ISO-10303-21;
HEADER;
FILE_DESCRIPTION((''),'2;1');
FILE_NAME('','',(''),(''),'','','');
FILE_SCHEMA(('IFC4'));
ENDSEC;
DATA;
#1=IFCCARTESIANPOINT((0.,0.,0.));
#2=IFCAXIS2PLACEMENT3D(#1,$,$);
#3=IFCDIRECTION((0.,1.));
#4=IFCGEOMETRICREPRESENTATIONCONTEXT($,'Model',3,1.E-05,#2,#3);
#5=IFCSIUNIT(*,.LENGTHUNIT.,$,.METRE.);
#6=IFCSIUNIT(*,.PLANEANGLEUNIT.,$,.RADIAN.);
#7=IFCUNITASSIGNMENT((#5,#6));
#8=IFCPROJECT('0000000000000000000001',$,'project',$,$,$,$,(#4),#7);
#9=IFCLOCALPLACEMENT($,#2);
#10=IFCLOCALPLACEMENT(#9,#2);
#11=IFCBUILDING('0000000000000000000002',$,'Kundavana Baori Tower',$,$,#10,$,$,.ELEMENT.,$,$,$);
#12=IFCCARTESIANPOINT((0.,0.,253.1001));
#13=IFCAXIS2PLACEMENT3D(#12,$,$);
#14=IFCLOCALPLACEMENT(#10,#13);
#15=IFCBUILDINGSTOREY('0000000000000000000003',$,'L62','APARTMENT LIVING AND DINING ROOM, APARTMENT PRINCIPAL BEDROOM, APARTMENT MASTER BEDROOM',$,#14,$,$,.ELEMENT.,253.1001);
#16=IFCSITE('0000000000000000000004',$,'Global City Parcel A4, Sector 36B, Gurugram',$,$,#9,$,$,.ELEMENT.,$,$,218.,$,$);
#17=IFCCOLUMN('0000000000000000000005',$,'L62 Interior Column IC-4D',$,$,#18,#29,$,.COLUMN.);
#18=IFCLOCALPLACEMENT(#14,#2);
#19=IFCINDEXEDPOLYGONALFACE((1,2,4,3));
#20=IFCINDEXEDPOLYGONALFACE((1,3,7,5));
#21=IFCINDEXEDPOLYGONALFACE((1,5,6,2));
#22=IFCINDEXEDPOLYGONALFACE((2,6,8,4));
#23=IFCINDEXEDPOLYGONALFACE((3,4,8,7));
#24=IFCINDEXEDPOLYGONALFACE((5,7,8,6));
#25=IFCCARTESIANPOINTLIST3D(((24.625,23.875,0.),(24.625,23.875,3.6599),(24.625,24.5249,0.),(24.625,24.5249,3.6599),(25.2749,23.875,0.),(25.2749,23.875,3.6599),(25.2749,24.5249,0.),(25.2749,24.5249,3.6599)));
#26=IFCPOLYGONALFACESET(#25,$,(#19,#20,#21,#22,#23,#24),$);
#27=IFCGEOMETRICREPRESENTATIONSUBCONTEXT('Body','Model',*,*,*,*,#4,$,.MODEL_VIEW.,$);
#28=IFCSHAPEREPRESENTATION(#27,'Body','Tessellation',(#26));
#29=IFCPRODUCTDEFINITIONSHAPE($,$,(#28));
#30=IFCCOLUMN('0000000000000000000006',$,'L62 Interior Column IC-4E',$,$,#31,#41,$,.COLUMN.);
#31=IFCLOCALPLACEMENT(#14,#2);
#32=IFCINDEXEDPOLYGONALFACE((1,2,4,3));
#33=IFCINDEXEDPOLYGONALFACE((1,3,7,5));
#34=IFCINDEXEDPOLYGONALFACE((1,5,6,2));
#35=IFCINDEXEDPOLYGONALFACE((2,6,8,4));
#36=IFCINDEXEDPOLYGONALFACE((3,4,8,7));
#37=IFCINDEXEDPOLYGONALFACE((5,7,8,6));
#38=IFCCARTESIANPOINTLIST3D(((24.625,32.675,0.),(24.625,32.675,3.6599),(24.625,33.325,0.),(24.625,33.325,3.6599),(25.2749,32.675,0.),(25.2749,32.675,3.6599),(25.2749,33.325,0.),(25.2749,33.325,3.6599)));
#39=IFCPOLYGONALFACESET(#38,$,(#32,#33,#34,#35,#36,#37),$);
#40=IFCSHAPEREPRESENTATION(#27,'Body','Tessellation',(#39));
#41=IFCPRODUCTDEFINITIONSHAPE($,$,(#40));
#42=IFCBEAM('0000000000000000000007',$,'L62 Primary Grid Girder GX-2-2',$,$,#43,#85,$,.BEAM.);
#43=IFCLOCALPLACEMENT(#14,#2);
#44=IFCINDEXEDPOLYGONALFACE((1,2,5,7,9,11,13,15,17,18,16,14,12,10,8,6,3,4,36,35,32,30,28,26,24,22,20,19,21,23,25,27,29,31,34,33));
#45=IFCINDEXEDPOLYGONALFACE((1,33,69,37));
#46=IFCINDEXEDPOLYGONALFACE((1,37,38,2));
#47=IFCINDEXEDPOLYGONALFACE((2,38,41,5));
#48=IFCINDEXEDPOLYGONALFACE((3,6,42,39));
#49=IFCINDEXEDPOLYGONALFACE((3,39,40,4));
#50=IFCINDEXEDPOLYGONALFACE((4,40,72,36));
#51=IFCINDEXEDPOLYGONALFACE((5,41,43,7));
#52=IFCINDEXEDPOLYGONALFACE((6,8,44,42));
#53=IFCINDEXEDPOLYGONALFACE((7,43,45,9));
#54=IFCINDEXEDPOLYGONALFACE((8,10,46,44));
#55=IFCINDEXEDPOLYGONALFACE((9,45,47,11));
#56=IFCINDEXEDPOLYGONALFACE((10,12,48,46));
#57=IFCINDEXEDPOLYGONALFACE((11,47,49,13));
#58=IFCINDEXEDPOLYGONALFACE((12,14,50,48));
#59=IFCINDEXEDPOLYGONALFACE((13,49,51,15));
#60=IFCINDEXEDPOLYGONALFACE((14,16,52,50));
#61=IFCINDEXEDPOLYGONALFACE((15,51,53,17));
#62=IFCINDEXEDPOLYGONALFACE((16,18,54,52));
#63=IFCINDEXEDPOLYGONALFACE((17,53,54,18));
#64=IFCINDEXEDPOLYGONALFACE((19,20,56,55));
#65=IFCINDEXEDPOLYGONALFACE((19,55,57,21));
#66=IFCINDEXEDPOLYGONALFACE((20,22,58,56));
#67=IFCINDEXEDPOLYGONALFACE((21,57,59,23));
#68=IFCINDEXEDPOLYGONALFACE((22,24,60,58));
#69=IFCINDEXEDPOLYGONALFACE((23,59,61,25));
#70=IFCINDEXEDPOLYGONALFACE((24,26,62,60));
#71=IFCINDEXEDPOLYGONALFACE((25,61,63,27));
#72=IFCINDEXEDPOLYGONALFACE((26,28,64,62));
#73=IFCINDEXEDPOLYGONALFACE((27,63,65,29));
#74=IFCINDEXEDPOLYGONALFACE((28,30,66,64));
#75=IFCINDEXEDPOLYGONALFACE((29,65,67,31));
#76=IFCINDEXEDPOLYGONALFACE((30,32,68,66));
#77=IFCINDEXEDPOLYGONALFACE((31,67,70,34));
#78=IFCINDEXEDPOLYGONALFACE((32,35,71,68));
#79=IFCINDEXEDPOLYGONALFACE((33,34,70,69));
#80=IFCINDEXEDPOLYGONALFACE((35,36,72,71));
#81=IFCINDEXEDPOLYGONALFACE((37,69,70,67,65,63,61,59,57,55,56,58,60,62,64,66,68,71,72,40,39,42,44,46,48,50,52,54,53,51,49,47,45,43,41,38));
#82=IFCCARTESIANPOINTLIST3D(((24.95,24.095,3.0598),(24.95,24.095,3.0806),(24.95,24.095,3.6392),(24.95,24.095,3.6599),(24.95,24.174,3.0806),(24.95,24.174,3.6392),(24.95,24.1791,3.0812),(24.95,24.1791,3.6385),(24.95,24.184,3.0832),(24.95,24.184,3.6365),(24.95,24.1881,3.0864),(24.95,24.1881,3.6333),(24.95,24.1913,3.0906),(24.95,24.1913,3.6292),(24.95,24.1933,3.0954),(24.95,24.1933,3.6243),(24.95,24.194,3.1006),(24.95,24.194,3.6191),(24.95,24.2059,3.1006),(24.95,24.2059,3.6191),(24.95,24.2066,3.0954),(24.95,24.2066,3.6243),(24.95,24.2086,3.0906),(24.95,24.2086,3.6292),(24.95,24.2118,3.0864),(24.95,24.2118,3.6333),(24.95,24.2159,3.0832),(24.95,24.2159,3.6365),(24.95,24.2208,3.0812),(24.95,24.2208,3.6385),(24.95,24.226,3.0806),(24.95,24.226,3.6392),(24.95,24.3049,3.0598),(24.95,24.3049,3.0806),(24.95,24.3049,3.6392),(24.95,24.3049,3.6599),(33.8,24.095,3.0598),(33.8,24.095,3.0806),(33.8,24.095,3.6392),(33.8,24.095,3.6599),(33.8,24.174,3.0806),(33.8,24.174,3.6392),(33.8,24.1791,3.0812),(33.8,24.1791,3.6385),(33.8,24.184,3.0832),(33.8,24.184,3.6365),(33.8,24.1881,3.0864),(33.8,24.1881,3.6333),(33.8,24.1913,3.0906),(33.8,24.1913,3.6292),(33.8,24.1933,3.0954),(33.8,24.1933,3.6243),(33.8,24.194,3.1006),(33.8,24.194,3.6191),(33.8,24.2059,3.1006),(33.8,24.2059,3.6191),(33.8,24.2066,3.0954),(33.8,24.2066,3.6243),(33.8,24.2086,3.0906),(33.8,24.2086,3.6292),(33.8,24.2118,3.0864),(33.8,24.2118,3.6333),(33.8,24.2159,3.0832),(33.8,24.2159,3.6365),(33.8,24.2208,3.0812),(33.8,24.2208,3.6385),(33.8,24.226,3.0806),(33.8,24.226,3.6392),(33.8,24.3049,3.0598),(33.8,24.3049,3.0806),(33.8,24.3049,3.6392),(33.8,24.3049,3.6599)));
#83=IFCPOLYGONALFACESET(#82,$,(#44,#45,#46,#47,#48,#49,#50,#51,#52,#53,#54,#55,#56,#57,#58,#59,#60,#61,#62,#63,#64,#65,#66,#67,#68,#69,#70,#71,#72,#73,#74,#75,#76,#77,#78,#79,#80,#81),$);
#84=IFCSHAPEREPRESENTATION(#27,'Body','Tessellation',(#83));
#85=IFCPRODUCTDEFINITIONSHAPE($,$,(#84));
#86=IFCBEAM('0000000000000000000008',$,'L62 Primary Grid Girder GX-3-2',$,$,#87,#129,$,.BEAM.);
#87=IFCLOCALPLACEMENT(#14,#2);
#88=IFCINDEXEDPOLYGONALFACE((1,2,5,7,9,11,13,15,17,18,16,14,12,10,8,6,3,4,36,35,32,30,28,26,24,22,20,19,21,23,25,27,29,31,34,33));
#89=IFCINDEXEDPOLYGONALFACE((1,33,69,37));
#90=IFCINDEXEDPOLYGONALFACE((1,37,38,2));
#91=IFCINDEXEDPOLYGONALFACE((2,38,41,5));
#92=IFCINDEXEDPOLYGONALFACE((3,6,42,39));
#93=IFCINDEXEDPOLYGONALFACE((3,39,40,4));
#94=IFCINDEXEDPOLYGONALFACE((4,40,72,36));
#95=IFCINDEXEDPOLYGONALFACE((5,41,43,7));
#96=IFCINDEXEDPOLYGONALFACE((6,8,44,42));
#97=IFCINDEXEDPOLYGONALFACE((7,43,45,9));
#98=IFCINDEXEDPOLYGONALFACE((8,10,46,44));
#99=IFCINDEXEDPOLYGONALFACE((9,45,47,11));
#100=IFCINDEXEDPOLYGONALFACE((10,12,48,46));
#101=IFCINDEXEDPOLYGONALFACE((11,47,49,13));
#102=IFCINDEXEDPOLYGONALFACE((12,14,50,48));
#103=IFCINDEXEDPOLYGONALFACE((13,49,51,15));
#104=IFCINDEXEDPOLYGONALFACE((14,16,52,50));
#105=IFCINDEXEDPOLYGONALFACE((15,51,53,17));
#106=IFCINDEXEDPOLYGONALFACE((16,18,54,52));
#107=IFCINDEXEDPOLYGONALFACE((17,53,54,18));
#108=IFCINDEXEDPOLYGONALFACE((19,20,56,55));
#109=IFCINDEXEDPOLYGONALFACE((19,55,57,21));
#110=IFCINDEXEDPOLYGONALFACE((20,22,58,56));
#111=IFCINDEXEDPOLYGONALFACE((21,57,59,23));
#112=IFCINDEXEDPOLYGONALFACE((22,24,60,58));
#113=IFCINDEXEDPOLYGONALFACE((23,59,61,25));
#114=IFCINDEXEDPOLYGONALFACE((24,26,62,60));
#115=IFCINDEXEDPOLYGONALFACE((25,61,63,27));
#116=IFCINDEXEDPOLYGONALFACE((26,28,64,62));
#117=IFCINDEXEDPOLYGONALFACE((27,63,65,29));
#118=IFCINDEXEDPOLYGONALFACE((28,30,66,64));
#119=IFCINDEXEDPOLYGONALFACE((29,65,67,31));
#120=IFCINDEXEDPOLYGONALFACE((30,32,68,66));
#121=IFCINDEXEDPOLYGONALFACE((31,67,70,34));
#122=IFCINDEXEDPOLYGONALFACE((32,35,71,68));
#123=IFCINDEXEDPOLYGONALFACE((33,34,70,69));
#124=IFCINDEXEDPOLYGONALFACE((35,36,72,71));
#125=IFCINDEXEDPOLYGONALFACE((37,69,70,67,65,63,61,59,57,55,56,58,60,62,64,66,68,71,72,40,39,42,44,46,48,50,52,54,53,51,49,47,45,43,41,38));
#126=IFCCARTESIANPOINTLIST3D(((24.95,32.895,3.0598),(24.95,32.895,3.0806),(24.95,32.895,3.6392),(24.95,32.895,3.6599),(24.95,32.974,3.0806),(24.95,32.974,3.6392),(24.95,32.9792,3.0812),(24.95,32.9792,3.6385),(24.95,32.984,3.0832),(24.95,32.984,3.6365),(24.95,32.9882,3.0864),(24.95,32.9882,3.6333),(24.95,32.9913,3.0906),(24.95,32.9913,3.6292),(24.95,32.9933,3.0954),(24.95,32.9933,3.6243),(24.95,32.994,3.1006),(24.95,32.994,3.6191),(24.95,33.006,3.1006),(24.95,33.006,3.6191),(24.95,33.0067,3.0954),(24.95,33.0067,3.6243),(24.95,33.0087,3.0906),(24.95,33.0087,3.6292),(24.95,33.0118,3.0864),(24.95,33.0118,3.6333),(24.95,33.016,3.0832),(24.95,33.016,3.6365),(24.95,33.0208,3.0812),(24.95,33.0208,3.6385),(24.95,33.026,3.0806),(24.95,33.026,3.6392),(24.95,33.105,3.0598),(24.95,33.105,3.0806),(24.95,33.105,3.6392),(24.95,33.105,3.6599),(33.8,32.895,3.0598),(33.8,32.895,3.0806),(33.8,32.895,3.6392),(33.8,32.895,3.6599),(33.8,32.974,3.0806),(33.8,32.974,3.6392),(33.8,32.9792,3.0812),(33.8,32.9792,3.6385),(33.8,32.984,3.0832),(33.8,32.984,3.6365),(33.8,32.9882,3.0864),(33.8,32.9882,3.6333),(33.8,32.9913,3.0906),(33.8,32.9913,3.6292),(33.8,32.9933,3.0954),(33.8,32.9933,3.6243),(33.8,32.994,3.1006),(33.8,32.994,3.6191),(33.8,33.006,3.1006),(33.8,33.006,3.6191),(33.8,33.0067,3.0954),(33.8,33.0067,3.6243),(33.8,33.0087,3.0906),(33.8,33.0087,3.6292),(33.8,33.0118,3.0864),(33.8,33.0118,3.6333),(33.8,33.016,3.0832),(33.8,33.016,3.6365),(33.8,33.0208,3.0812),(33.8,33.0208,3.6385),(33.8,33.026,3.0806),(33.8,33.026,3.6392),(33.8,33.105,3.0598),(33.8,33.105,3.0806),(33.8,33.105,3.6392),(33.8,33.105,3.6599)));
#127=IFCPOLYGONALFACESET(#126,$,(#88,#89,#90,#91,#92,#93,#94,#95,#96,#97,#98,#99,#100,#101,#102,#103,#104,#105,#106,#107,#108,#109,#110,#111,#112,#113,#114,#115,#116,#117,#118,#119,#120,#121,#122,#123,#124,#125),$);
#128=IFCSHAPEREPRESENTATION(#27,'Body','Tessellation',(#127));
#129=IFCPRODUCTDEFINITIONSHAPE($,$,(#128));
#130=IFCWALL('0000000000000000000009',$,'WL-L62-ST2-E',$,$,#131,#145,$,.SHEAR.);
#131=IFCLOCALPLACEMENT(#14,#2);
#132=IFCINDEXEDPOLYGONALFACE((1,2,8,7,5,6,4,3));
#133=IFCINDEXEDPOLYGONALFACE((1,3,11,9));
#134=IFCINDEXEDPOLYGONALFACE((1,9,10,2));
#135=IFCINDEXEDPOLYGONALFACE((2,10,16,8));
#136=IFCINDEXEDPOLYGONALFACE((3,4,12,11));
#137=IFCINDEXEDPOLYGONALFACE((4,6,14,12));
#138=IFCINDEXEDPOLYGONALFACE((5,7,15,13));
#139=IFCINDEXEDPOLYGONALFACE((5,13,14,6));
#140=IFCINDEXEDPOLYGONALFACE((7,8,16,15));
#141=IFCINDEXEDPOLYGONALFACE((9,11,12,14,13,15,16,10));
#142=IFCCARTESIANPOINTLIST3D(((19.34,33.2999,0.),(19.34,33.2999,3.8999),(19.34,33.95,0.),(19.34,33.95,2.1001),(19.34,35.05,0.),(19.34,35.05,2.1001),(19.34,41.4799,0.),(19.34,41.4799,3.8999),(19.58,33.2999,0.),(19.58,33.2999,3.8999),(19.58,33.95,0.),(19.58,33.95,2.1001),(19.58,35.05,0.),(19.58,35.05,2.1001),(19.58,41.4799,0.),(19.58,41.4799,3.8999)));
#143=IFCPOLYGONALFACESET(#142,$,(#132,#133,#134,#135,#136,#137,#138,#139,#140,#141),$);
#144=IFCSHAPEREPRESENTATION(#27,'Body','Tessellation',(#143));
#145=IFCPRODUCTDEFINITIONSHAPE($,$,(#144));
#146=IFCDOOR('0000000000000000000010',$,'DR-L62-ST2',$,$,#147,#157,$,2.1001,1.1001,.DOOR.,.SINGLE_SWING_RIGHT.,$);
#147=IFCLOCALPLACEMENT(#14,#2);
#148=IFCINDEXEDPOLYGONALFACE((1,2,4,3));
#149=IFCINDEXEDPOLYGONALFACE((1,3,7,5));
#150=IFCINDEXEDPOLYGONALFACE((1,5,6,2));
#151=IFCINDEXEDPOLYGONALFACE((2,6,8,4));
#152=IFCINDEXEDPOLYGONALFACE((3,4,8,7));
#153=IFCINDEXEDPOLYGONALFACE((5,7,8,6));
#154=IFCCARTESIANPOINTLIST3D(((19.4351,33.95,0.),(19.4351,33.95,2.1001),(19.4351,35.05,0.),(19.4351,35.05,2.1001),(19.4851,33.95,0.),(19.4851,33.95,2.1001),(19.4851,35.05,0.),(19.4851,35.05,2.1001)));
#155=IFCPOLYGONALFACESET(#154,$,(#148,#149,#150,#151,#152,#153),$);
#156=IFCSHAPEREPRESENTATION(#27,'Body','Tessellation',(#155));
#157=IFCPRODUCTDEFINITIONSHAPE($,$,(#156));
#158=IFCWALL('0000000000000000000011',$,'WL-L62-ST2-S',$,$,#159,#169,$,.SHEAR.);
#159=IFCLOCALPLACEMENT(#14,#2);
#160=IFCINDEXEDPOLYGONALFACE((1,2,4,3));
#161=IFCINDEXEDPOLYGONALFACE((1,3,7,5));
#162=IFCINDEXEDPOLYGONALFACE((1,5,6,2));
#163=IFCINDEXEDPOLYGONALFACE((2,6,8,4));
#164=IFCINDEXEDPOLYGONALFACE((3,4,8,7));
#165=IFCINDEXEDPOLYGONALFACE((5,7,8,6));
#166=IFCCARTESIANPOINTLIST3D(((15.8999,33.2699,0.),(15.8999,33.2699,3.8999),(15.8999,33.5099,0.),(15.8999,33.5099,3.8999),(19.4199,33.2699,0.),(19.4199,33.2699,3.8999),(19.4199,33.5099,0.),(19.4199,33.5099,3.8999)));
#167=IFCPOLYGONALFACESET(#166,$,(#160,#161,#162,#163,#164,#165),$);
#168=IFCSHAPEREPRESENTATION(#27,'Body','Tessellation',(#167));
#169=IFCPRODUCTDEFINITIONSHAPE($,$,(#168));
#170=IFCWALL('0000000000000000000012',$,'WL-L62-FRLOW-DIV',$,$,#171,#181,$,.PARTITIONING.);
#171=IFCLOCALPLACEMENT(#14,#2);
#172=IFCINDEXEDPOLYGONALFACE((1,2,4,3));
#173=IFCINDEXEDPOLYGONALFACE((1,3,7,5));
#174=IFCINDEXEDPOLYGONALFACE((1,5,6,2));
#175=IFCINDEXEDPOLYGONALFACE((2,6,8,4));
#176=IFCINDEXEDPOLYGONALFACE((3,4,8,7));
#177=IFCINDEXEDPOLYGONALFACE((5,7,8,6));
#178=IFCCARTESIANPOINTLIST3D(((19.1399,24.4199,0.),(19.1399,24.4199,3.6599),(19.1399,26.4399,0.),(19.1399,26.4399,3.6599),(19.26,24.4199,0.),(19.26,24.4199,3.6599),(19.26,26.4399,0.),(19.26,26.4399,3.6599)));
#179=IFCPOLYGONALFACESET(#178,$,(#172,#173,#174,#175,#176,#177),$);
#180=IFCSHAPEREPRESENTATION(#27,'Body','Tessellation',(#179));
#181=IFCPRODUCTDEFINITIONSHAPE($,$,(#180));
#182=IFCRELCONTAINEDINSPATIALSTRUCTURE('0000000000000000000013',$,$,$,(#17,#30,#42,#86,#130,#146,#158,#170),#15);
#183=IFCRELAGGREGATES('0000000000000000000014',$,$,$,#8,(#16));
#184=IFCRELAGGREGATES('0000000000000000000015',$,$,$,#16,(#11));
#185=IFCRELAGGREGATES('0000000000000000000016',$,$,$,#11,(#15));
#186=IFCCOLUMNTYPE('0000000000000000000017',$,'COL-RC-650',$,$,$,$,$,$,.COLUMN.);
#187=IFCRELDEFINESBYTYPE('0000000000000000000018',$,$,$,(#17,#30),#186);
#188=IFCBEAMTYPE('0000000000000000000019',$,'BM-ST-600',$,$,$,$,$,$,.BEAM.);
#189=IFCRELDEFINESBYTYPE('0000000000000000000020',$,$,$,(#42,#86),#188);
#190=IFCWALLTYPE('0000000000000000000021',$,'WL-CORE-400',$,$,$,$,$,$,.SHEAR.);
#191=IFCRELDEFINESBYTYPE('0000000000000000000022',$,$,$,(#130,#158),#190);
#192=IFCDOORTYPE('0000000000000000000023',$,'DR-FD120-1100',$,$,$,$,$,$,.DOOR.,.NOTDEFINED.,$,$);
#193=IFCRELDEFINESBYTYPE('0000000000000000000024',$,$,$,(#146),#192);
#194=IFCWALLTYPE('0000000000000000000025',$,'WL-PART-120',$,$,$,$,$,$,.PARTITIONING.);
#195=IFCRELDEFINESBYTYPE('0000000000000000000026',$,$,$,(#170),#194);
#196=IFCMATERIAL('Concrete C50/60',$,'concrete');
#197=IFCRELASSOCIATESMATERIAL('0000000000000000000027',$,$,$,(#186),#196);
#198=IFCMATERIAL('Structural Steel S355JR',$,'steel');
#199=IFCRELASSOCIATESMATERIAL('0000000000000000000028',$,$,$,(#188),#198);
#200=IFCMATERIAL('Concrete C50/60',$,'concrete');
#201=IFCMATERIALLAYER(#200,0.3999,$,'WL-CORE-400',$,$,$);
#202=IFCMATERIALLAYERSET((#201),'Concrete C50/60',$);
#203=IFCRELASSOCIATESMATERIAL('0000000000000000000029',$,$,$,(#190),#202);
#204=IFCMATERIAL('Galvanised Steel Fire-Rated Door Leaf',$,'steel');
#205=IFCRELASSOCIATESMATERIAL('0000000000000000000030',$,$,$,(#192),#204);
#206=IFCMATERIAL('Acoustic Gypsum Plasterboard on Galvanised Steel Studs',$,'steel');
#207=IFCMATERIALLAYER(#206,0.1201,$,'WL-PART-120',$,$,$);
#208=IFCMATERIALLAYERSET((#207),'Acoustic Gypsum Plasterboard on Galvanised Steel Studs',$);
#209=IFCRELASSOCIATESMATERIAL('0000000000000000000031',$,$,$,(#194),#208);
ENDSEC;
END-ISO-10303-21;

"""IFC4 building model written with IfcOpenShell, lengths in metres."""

from ifc_helpers import new_model, si_unit, direction, frame, frame_2d, origin, origin_2d, place, context, subcontext, project, spatial, rectangle, i_section, extrude, material, layer, layer_set, material_profile, profile_set, type_object, element, fill, save


model = new_model("IFC4")

# Units and contexts
model_context = context("Model", 3, precision=1e-05, world=origin(), true_north=direction((0.0, 1.0)))
body_context = subcontext(model_context, "Body", "Model", "MODEL_VIEW")
ifc_project = project(units=[si_unit("LENGTHUNIT", "METRE"), si_unit("PLANEANGLEUNIT", "RADIAN")], contexts=[model_context])

# Site, building, storey
site_placement = place(None, origin())
site = spatial("IfcSite", under=ifc_project, at=site_placement, Name="Global City Parcel A4, Sector 36B, Gurugram", CompositionType="ELEMENT", RefElevation=218.0)
building_placement = place(site_placement, origin())
building = spatial("IfcBuilding", under=site, at=building_placement, Name="Kundavana Baori Tower", CompositionType="ELEMENT")
storey_placement = place(building_placement, frame((0.0, 0.0, 253.1001)))
storey = spatial("IfcBuildingStorey", under=building, at=storey_placement, Name="L62", Description="APARTMENT LIVING AND DINING ROOM, APARTMENT PRINCIPAL BEDROOM, APARTMENT MASTER BEDROOM", CompositionType="ELEMENT", Elevation=253.1001)

# Columns
ifc_material_1 = material(Name="Concrete C50/60", Category="concrete")
ifc_material_profile_1 = material_profile(ifc_material_1, rectangle(XDim=0.6499, YDim=0.6499, at=origin_2d()), Name="RC 650x650")
ifc_profile_set_1 = profile_set([ifc_material_profile_1], Name="Concrete C50/60")
column_type = type_object("IfcColumnType", Name="COL-RC-650", PredefinedType="COLUMN", material=ifc_profile_set_1)
for number, where, z_axis, x_axis, name in (
    (1, (24.95, 24.2, 0.0), (0.0, 0.0, 1.0), (1.0, 0.0, 0.0), "L62 Interior Column IC-4D"),
    (2, (24.95, 33.0, 0.0), (0.0, 0.0, 1.0), (1.0, 0.0, 0.0), "L62 Interior Column IC-4E"),
):
    element("IfcColumn", number, at=place(storey_placement, frame(where, z_axis=z_axis, x_axis=x_axis)), inside=storey, type_object=column_type, Name=name, PredefinedType="COLUMN", context=body_context, shape_type="SweptSolid", body=[
        extrude(rectangle(XDim=0.6499, YDim=0.6499, at=origin_2d()), origin(), (0.0, 0.0, 1.0), 3.6599),
    ])

# Beams
ifc_material_2 = material(Name="Structural Steel S355JR", Category="steel")
ifc_material_profile_2 = material_profile(ifc_material_2, i_section(OverallWidth=0.21, OverallDepth=0.6001, WebThickness=0.012, FlangeThickness=0.0208, FilletRadius=0.02, at=origin_2d()), Name="ISMB 600")
ifc_profile_set_2 = profile_set([ifc_material_profile_2], Name="Structural Steel S355JR")
beam_type = type_object("IfcBeamType", Name="BM-ST-600", PredefinedType="BEAM", material=ifc_profile_set_2)
for number, where, z_axis, x_axis, name in (
    (3, (24.95, 24.2, 3.3599), (1.0, 0.0, 0.0), (0.0, 1.0, 0.0), "L62 Primary Grid Girder GX-2-2"),
    (4, (24.95, 33.0, 3.3599), (1.0, 0.0, 0.0), (0.0, 1.0, 0.0), "L62 Primary Grid Girder GX-3-2"),
):
    element("IfcBeam", number, at=place(storey_placement, frame(where, z_axis=z_axis, x_axis=x_axis)), inside=storey, type_object=beam_type, Name=name, PredefinedType="BEAM", context=body_context, shape_type="SweptSolid", body=[
        extrude(i_section(OverallWidth=0.21, OverallDepth=0.6001, WebThickness=0.012, FlangeThickness=0.0208, FilletRadius=0.02, at=origin_2d()), origin(), (0.0, 0.0, 1.0), 8.8501),
    ])

# Wall, opening, door
ifc_material_3 = material(Name="Concrete C50/60", Category="concrete")
ifc_layer_1 = layer(ifc_material_3, 0.3999, Name="WL-CORE-400")
ifc_layer_set_1 = layer_set([ifc_layer_1], Name="Concrete C50/60")
wall_type_1 = type_object("IfcWallType", Name="WL-CORE-400", PredefinedType="SHEAR", material=ifc_layer_set_1)
wall_1_placement = place(storey_placement, frame((19.46, 33.3, 0.0), z_axis=(0.0, 0.0, 1.0), x_axis=(0.0, 1.0, 0.0)))
wall_1 = element("IfcWall", 5, at=wall_1_placement, inside=storey, type_object=wall_type_1, Name="WL-L62-ST2-E", PredefinedType="SHEAR", context=body_context, shape_type="SweptSolid", body=[
    extrude(rectangle(XDim=8.1799, YDim=0.24, at=frame_2d((4.0898, 0.0))), origin(), (0.0, 0.0, 1.0), 3.8999),
])
opening_1_placement = place(wall_1_placement, frame((0.6499, 0.0, 0.0)))
opening_1 = element("IfcOpeningElement", 6, at=opening_1_placement, cuts=wall_1, PredefinedType="OPENING", context=body_context, shape_type="SweptSolid", body=[
    extrude(rectangle(XDim=1.1001, YDim=2.1001, at=frame_2d((0.55, 1.05))), frame((0.0, 0.1299, 0.0), z_axis=(0.0, -1.0, 0.0), x_axis=(1.0, 0.0, 0.0)), (0.0, 0.0, 1.0), 0.26),
])
ifc_material_4 = material(Name="Galvanised Steel Fire-Rated Door Leaf", Category="steel")
door_type_1 = type_object("IfcDoorType", Name="DR-FD120-1100", OperationType="NOTDEFINED", PredefinedType="DOOR", material=ifc_material_4)
door_1_placement = place(opening_1_placement, origin())
door_1 = element("IfcDoor", 7, at=door_1_placement, inside=storey, type_object=door_type_1, Name="DR-L62-ST2", OperationType="SINGLE_SWING_RIGHT", OverallHeight=2.1001, OverallWidth=1.1001, PredefinedType="DOOR", context=body_context, shape_type="SweptSolid", body=[
    extrude(rectangle(XDim=1.1001, YDim=2.1001, at=frame_2d((0.55, 1.05))), frame((0.0, 0.0249, 0.0), z_axis=(0.0, -1.0, 0.0), x_axis=(1.0, 0.0, 0.0)), (0.0, 0.0, 1.0), 0.05),
])
fill(opening_1, door_1)

# Walls
wall_2_placement = place(storey_placement, frame((15.8999, 33.3899, 0.0), z_axis=(0.0, 0.0, 1.0), x_axis=(1.0, 0.0, 0.0)))
element("IfcWall", 8, at=wall_2_placement, inside=storey, type_object=wall_type_1, Name="WL-L62-ST2-S", PredefinedType="SHEAR", context=body_context, shape_type="SweptSolid", body=[
    extrude(rectangle(XDim=3.52, YDim=0.24, at=frame_2d((1.76, 0.0))), origin(), (0.0, 0.0, 1.0), 3.8999),
])
ifc_material_5 = material(Name="Acoustic Gypsum Plasterboard on Galvanised Steel Studs", Category="steel")
ifc_layer_2 = layer(ifc_material_5, 0.1201, Name="WL-PART-120")
ifc_layer_set_2 = layer_set([ifc_layer_2], Name="Acoustic Gypsum Plasterboard on Galvanised Steel Studs")
wall_type_2 = type_object("IfcWallType", Name="WL-PART-120", PredefinedType="PARTITIONING", material=ifc_layer_set_2)
wall_3_placement = place(storey_placement, frame((19.2, 24.4199, 0.0), z_axis=(0.0, 0.0, 1.0), x_axis=(0.0, 1.0, 0.0)))
element("IfcWall", 9, at=wall_3_placement, inside=storey, type_object=wall_type_2, Name="WL-L62-FRLOW-DIV", PredefinedType="PARTITIONING", context=body_context, shape_type="SweptSolid", body=[
    extrude(rectangle(XDim=2.02, YDim=0.1201, at=frame_2d((1.01, 0.0))), origin(), (0.0, 0.0, 1.0), 3.6599),
])

save(model, "model.ifc")
